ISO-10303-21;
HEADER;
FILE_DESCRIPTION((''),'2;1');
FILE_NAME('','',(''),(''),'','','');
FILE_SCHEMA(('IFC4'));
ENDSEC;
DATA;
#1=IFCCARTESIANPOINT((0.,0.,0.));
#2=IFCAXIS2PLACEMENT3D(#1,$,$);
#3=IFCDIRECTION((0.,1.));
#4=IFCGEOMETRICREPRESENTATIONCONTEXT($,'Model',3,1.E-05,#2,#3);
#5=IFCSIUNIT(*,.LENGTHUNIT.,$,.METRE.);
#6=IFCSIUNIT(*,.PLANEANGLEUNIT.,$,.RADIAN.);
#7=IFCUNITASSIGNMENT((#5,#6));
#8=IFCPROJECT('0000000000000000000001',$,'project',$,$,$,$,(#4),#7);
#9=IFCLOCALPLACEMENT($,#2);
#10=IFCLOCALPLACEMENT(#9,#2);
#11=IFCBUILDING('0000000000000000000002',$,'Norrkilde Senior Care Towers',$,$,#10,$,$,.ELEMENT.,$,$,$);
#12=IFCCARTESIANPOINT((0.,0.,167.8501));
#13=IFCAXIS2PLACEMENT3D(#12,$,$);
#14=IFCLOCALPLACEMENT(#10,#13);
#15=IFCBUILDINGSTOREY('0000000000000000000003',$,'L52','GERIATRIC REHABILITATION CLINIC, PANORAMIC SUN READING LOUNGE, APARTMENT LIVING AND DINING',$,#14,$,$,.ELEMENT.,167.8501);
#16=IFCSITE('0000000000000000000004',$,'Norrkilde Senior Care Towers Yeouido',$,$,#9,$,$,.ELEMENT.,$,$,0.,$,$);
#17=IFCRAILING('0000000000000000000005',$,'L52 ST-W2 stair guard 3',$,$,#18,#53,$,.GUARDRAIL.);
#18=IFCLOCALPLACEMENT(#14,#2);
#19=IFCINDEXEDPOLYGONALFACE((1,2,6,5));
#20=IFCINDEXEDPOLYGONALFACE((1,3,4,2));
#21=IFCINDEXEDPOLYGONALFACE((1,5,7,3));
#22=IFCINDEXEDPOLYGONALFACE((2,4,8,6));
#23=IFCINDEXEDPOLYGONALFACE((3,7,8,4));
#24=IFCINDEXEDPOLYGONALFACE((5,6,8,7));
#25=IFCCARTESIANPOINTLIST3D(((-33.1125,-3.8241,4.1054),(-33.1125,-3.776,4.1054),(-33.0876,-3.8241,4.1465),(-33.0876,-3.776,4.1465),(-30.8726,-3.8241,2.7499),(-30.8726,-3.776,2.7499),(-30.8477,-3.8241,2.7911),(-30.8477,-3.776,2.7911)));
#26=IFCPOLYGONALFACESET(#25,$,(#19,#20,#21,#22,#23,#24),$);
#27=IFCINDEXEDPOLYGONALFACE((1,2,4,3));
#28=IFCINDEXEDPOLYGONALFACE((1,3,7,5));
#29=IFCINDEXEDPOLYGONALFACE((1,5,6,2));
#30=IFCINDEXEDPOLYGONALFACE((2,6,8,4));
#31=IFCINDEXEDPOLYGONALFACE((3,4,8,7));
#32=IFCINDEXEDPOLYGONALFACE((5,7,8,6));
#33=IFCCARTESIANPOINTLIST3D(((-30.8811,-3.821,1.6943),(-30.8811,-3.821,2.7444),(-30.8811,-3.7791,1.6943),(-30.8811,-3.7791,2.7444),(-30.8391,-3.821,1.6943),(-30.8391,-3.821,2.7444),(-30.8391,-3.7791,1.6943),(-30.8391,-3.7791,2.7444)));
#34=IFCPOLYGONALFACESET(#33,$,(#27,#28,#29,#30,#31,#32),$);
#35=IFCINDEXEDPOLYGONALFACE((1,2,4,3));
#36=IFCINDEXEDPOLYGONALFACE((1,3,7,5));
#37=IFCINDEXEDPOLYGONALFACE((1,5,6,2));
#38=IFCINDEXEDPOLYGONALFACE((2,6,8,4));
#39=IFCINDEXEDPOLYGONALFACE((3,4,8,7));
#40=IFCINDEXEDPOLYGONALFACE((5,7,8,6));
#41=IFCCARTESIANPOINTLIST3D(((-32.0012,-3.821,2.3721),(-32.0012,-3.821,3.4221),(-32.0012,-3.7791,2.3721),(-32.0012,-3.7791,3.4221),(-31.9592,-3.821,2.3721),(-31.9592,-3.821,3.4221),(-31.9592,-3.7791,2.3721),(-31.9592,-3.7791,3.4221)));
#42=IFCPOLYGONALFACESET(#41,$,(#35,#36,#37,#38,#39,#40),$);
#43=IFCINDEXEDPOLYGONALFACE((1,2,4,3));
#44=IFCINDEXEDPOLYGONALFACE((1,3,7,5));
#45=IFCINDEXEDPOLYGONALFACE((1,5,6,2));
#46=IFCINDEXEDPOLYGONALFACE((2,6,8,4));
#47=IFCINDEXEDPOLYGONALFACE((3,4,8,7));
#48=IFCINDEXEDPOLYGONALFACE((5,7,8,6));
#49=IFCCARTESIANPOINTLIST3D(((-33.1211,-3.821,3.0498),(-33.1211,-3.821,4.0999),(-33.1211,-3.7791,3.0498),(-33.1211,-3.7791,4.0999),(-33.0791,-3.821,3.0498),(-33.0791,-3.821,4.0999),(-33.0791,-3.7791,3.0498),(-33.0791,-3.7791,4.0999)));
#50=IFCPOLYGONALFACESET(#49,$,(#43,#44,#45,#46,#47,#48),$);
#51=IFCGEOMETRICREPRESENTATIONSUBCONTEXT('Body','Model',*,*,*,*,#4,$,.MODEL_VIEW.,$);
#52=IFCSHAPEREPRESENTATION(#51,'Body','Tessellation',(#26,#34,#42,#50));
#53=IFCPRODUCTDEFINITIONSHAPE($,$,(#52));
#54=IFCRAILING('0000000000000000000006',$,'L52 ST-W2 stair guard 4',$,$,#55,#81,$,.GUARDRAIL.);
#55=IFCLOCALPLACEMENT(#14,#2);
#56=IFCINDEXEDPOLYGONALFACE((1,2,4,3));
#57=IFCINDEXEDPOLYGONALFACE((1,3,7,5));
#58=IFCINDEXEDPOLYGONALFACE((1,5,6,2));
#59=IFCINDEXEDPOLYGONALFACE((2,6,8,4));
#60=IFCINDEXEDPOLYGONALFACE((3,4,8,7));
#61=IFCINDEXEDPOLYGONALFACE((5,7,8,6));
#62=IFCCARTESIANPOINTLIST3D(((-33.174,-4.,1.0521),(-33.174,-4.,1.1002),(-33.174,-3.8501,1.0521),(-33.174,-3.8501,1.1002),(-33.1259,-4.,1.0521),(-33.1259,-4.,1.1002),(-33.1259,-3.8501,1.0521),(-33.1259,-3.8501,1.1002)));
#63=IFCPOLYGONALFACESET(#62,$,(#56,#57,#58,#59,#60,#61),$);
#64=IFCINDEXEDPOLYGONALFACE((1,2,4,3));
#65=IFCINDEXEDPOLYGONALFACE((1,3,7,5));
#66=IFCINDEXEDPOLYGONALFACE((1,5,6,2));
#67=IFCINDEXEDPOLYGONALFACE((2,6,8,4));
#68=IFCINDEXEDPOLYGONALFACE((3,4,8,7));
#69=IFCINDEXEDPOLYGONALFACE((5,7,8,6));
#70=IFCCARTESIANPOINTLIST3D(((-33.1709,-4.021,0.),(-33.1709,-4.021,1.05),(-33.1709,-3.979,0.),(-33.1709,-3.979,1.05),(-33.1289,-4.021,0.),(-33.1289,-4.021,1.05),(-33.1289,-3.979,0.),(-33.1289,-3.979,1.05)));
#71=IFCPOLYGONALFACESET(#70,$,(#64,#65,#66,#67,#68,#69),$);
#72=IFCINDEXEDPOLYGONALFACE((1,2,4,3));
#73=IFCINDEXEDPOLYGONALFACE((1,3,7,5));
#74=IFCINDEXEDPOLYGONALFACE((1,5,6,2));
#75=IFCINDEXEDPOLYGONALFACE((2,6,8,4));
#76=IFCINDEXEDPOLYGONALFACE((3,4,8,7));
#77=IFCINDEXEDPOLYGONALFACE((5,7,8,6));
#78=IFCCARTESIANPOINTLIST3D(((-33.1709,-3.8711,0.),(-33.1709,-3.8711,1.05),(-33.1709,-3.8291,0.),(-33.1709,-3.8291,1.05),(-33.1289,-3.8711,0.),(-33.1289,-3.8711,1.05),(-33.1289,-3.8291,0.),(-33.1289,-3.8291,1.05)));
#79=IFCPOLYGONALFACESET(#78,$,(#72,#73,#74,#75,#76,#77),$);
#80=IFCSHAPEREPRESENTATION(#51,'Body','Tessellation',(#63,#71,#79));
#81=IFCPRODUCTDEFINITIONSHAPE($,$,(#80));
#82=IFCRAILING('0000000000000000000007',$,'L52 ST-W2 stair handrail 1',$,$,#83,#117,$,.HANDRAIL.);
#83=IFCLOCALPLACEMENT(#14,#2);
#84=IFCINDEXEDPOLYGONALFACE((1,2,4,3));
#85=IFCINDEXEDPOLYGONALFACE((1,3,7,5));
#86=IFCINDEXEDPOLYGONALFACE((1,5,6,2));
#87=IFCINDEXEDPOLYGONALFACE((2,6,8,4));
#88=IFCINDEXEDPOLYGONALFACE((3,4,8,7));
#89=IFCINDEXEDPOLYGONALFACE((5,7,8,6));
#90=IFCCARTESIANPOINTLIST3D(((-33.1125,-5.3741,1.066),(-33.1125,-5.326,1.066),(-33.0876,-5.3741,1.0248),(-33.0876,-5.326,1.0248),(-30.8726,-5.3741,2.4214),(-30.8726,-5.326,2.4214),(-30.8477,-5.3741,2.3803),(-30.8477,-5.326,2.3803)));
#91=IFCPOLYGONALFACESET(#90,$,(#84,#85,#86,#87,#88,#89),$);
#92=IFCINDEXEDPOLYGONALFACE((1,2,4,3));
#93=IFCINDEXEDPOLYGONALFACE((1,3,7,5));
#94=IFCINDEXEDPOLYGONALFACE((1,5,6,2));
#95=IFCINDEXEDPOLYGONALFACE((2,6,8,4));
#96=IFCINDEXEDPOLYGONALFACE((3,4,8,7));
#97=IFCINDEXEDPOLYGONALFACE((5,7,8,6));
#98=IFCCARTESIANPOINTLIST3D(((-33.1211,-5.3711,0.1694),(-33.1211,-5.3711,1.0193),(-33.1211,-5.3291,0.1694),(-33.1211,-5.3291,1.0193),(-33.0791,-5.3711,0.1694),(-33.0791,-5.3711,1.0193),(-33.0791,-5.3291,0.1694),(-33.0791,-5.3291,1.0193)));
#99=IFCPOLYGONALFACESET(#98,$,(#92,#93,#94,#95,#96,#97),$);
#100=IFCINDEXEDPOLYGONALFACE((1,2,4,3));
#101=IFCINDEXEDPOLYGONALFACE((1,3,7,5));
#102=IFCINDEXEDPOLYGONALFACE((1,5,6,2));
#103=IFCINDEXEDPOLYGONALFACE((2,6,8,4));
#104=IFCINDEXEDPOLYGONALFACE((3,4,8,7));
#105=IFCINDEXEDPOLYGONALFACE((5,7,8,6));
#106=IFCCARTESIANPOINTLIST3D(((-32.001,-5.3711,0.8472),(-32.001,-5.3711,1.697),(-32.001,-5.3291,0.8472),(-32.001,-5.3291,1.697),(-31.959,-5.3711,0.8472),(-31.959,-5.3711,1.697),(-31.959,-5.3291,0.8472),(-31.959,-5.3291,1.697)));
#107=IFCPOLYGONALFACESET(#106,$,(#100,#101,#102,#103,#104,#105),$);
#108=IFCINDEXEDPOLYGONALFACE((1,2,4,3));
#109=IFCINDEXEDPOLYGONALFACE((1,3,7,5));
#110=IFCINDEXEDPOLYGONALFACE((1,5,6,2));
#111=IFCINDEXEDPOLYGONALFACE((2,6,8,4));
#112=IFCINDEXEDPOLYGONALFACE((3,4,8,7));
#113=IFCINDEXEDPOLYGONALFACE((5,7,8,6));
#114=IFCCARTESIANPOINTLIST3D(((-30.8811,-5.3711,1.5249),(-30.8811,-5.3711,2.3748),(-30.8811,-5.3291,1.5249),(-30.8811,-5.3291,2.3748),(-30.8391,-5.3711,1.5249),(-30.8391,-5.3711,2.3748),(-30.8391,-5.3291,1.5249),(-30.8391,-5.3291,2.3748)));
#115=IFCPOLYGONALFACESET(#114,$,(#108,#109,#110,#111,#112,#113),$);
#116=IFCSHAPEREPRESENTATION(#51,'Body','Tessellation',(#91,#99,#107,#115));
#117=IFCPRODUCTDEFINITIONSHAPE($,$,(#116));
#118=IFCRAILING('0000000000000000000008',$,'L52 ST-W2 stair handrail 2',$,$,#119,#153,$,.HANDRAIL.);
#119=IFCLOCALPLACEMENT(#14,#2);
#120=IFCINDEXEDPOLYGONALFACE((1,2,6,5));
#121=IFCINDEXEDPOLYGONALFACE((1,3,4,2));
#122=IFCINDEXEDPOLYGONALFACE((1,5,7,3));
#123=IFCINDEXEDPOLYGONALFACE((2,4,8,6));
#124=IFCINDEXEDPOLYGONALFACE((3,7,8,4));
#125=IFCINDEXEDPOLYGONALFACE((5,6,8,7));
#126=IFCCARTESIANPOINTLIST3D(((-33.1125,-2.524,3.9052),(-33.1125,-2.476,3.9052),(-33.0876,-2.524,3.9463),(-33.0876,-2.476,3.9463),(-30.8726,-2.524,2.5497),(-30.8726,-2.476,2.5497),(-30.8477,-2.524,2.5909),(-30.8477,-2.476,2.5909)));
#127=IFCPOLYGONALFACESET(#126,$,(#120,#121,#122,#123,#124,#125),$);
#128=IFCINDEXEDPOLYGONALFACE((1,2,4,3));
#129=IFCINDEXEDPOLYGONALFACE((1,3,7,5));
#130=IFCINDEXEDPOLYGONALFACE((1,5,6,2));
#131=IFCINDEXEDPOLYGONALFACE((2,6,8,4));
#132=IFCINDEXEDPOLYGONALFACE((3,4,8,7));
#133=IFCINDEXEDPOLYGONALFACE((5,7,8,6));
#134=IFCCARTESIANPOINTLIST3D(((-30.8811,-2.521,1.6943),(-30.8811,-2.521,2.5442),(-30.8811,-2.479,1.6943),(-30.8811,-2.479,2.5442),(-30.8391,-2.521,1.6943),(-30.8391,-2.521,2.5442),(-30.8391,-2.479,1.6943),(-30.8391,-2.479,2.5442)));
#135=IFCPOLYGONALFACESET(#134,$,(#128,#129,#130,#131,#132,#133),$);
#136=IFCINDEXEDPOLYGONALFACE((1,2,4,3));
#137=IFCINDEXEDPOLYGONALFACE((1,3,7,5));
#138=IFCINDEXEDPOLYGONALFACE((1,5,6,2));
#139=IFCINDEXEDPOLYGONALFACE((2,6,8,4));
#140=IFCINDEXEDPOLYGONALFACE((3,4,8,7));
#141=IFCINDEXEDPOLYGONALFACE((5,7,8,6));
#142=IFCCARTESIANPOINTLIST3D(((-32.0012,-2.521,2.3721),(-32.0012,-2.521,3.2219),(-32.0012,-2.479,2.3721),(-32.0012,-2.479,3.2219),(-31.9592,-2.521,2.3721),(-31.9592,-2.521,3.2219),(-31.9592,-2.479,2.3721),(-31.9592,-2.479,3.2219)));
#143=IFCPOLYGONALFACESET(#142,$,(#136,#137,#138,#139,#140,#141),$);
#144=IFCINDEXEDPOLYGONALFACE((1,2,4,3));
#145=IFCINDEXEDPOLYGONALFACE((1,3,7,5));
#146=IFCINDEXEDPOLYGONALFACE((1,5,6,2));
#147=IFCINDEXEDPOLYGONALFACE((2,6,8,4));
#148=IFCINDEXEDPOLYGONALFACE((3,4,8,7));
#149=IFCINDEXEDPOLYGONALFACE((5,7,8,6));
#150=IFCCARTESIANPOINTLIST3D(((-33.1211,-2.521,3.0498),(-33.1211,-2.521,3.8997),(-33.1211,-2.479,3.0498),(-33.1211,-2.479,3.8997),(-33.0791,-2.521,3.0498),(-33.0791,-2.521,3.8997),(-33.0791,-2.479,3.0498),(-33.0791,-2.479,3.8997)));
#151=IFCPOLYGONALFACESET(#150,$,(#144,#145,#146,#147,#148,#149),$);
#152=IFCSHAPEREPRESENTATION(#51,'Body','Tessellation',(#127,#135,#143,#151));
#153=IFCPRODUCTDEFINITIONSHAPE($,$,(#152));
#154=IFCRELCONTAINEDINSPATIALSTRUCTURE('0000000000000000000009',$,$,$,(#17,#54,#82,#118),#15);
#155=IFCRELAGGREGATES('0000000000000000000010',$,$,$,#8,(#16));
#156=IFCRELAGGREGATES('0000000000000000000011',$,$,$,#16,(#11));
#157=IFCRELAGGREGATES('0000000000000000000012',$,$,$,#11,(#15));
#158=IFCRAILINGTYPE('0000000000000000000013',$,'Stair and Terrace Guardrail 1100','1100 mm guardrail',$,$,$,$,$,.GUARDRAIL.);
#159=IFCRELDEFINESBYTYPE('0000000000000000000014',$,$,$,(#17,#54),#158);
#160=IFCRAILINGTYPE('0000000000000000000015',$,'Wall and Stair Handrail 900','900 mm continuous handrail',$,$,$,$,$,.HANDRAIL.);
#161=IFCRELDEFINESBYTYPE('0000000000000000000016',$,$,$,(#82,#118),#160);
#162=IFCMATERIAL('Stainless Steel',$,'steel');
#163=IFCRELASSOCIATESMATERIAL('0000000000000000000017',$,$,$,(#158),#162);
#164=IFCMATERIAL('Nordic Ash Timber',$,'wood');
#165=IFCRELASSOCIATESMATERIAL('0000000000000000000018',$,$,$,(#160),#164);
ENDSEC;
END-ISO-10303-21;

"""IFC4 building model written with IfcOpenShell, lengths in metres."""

from ifc_helpers import new_model, si_unit, direction, frame, origin, origin_2d, place, context, subcontext, project, spatial, rectangle, extrude, material, type_object, element, save


model = new_model("IFC4")

# Units and contexts
model_context = context("Model", 3, precision=1e-05, world=origin(), true_north=direction((0.0, 1.0)))
body_context = subcontext(model_context, "Body", "Model", "MODEL_VIEW")
ifc_project = project(units=[si_unit("LENGTHUNIT", "METRE"), si_unit("PLANEANGLEUNIT", "RADIAN")], contexts=[model_context])

# Site, building, storey
site_placement = place(None, origin())
site = spatial("IfcSite", under=ifc_project, at=site_placement, Name="Norrkilde Senior Care Towers Yeouido", CompositionType="ELEMENT", RefElevation=0.0)
building_placement = place(site_placement, origin())
building = spatial("IfcBuilding", under=site, at=building_placement, Name="Norrkilde Senior Care Towers", CompositionType="ELEMENT")
storey_placement = place(building_placement, frame((0.0, 0.0, 167.8501)))
storey = spatial("IfcBuildingStorey", under=building, at=storey_placement, Name="L52", Description="GERIATRIC REHABILITATION CLINIC, PANORAMIC SUN READING LOUNGE, APARTMENT LIVING AND DINING", CompositionType="ELEMENT", Elevation=167.8501)

# Railings
ifc_material_1 = material(Name="Stainless Steel", Category="steel")
railing_type_1 = type_object("IfcRailingType", Name="Stair and Terrace Guardrail 1100", Description="1100 mm guardrail", PredefinedType="GUARDRAIL", material=ifc_material_1)
railing_1_placement = place(storey_placement, frame((-30.8601, -3.8, 1.6943)))
element("IfcRailing", 1, at=railing_1_placement, inside=storey, type_object=railing_type_1, Name="L52 ST-W2 stair guard 3", PredefinedType="GUARDRAIL", context=body_context, shape_type="SweptSolid", body=[
    extrude(rectangle(XDim=0.0481, YDim=0.0481, at=origin_2d()), frame((0.0, 0.0, 1.0762), z_axis=(-0.855553, 0.0, 0.517715), x_axis=(0.0, -1.0, 0.0)), (0.0, 0.0, 1.0), 2.6182),
    extrude(rectangle(XDim=0.042, YDim=0.042, at=origin_2d()), origin(), (0.0, 0.0, 1.0), 1.05),
    extrude(rectangle(XDim=0.042, YDim=0.042, at=origin_2d()), frame((-1.1201, 0.0, 0.6777)), (0.0, 0.0, 1.0), 1.05),
    extrude(rectangle(XDim=0.042, YDim=0.042, at=origin_2d()), frame((-2.24, 0.0, 1.3555)), (0.0, 0.0, 1.0), 1.05),
])
railing_2_placement = place(storey_placement, frame((-33.1499, -4.0, 0.0)))
element("IfcRailing", 2, at=railing_2_placement, inside=storey, type_object=railing_type_1, Name="L52 ST-W2 stair guard 4", PredefinedType="GUARDRAIL", context=body_context, shape_type="SweptSolid", body=[
    extrude(rectangle(XDim=0.0481, YDim=0.0481, at=origin_2d()), frame((0.0, 0.0, 1.0762), z_axis=(0.0, 1.0, 0.0), x_axis=(-1.0, 0.0, 0.0)), (0.0, 0.0, 1.0), 0.1499),
    extrude(rectangle(XDim=0.042, YDim=0.042, at=origin_2d()), origin(), (0.0, 0.0, 1.0), 1.05),
    extrude(rectangle(XDim=0.042, YDim=0.042, at=origin_2d()), frame((0.0, 0.1499, 0.0)), (0.0, 0.0, 1.0), 1.05),
])
ifc_material_2 = material(Name="Nordic Ash Timber", Category="wood")
railing_type_2 = type_object("IfcRailingType", Name="Wall and Stair Handrail 900", Description="900 mm continuous handrail", PredefinedType="HANDRAIL", material=ifc_material_2)
railing_3_placement = place(storey_placement, frame((-33.1001, -5.3501, 0.1694)))
element("IfcRailing", 3, at=railing_3_placement, inside=storey, type_object=railing_type_2, Name="L52 ST-W2 stair handrail 1", PredefinedType="HANDRAIL", context=body_context, shape_type="SweptSolid", body=[
    extrude(rectangle(XDim=0.0481, YDim=0.0481, at=origin_2d()), frame((0.0, 0.0, 0.876), z_axis=(0.855553, 0.0, 0.517715), x_axis=(0.0, 1.0, 0.0)), (0.0, 0.0, 1.0), 2.6182),
    extrude(rectangle(XDim=0.042, YDim=0.042, at=origin_2d()), origin(), (0.0, 0.0, 1.0), 0.8499),
    extrude(rectangle(XDim=0.042, YDim=0.042, at=origin_2d()), frame((1.1201, 0.0, 0.6777)), (0.0, 0.0, 1.0), 0.8499),
    extrude(rectangle(XDim=0.042, YDim=0.042, at=origin_2d()), frame((2.24, 0.0, 1.3555)), (0.0, 0.0, 1.0), 0.8499),
])
railing_4_placement = place(storey_placement, frame((-30.8601, -2.5, 1.6943)))
element("IfcRailing", 4, at=railing_4_placement, inside=storey, type_object=railing_type_2, Name="L52 ST-W2 stair handrail 2", PredefinedType="HANDRAIL", context=body_context, shape_type="SweptSolid", body=[
    extrude(rectangle(XDim=0.0481, YDim=0.0481, at=origin_2d()), frame((0.0, 0.0, 0.876), z_axis=(-0.855553, 0.0, 0.517715), x_axis=(0.0, -1.0, 0.0)), (0.0, 0.0, 1.0), 2.6182),
    extrude(rectangle(XDim=0.042, YDim=0.042, at=origin_2d()), origin(), (0.0, 0.0, 1.0), 0.8499),
    extrude(rectangle(XDim=0.042, YDim=0.042, at=origin_2d()), frame((-1.1201, 0.0, 0.6777)), (0.0, 0.0, 1.0), 0.8499),
    extrude(rectangle(XDim=0.042, YDim=0.042, at=origin_2d()), frame((-2.24, 0.0, 1.3555)), (0.0, 0.0, 1.0), 0.8499),
])

save(model, "model.ifc")
